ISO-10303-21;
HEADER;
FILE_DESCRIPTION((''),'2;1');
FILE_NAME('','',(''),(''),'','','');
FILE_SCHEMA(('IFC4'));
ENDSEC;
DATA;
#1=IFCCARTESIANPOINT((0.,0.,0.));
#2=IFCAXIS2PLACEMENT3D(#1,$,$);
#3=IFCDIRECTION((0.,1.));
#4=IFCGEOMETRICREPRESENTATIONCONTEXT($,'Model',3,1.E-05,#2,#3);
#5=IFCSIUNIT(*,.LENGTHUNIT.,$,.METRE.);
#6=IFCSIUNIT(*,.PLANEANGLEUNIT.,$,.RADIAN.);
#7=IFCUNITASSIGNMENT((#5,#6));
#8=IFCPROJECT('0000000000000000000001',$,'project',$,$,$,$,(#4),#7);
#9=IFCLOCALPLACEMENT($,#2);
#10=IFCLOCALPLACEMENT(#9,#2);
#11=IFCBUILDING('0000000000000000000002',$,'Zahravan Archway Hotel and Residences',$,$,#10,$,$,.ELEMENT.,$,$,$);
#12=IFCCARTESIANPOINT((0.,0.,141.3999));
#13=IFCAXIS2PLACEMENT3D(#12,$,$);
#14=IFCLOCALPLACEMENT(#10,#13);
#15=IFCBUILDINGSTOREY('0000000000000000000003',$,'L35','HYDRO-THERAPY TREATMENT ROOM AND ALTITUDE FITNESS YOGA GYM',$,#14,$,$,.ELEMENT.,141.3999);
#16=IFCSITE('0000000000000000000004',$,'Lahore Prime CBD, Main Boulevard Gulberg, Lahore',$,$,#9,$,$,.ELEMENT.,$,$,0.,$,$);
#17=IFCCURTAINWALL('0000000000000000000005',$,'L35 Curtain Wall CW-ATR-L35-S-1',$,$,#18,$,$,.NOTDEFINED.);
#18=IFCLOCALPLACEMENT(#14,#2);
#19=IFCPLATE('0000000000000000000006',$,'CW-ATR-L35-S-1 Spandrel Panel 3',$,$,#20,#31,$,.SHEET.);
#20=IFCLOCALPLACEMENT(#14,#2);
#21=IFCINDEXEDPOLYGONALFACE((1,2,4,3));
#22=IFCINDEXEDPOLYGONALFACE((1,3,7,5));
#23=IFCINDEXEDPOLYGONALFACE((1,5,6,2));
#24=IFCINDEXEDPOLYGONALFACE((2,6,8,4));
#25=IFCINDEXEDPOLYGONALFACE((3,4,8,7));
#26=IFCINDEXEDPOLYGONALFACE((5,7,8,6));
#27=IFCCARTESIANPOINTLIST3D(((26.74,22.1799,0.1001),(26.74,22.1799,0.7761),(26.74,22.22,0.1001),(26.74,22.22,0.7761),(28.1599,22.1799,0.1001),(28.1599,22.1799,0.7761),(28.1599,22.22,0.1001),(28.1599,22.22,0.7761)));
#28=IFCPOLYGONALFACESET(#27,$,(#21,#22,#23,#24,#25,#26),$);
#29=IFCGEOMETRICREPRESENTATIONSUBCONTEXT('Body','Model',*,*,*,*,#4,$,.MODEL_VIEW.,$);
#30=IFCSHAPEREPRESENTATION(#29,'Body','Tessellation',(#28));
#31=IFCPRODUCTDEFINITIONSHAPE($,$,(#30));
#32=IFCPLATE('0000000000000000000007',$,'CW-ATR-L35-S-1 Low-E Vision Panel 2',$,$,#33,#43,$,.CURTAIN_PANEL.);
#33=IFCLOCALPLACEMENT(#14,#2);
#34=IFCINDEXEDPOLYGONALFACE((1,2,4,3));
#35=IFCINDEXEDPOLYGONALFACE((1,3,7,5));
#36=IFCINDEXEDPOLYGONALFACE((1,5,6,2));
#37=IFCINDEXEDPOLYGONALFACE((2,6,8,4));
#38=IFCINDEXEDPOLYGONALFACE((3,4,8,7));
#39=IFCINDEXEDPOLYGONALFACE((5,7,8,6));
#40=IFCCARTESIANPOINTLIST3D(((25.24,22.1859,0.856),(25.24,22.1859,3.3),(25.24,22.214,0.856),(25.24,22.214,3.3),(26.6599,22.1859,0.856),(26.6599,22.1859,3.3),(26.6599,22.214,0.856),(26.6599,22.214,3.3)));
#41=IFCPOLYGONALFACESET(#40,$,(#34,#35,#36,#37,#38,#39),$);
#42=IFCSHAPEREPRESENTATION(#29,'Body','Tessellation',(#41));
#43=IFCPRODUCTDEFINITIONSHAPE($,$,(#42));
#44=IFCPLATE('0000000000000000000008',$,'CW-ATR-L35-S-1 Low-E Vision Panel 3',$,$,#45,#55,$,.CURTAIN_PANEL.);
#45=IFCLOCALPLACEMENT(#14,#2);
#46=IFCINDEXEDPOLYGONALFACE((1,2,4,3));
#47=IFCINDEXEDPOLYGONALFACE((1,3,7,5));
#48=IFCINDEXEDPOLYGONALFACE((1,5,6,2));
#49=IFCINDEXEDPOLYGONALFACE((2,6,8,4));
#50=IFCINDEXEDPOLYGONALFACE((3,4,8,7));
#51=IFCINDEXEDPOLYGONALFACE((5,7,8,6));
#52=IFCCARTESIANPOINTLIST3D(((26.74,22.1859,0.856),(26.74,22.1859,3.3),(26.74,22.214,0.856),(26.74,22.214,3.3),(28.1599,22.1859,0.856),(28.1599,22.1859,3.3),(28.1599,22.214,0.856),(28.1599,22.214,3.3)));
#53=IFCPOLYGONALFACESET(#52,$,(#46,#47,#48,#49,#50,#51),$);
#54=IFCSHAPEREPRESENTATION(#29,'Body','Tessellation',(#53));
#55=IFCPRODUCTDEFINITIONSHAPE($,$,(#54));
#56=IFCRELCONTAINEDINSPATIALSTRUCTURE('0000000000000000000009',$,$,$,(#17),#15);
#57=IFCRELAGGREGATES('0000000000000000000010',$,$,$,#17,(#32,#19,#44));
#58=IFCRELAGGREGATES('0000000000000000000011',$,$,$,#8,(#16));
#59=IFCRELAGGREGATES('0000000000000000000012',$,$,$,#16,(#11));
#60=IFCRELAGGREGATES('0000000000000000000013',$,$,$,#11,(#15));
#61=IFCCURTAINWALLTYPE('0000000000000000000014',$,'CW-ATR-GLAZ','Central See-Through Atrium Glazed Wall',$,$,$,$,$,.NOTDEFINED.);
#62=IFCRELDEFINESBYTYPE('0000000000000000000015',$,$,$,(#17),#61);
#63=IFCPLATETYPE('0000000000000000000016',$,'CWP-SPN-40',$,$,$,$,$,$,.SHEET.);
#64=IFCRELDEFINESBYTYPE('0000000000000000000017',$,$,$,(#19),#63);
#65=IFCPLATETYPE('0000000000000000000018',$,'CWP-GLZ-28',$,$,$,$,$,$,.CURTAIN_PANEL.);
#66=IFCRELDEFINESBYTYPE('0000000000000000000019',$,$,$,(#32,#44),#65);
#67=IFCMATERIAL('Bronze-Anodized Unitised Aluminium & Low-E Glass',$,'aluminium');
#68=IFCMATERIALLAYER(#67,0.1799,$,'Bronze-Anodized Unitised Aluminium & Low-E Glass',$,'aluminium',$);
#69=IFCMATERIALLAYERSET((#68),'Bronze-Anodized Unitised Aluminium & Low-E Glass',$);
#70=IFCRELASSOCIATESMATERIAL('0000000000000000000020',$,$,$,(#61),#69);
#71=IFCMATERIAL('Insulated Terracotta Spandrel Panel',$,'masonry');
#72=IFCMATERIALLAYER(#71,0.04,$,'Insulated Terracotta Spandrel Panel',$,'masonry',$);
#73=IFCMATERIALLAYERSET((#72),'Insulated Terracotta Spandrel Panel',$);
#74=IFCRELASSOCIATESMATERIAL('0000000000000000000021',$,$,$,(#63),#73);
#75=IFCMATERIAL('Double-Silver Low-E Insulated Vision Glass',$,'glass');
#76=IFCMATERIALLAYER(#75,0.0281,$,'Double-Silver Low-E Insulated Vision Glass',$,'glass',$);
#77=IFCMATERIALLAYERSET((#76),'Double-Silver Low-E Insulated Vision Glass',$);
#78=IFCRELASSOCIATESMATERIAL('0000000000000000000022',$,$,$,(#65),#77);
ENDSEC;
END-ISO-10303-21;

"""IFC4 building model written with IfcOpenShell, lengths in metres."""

from ifc_helpers import new_model, si_unit, direction, frame, origin, origin_2d, place, context, subcontext, project, spatial, rectangle, extrude, source, transform, mapped, material, layer, layer_set, type_object, element, aggregate, save


model = new_model("IFC4")

# Units and contexts
model_context = context("Model", 3, precision=1e-05, world=origin(), true_north=direction((0.0, 1.0)))
body_context = subcontext(model_context, "Body", "Model", "MODEL_VIEW")
ifc_project = project(units=[si_unit("LENGTHUNIT", "METRE"), si_unit("PLANEANGLEUNIT", "RADIAN")], contexts=[model_context])

# Site, building, storey
site_placement = place(None, origin())
site = spatial("IfcSite", under=ifc_project, at=site_placement, Name="Lahore Prime CBD, Main Boulevard Gulberg, Lahore", CompositionType="ELEMENT", RefElevation=0.0)
building_placement = place(site_placement, origin())
building = spatial("IfcBuilding", under=site, at=building_placement, Name="Zahravan Archway Hotel and Residences", CompositionType="ELEMENT")
storey_placement = place(building_placement, frame((0.0, 0.0, 141.3999)))
storey = spatial("IfcBuildingStorey", under=building, at=storey_placement, Name="L35", Description="HYDRO-THERAPY TREATMENT ROOM AND ALTITUDE FITNESS YOGA GYM", CompositionType="ELEMENT", Elevation=141.3999)

# Curtain wall, plates
ifc_material_1 = material(Name="Bronze-Anodized Unitised Aluminium & Low-E Glass", Category="aluminium")
ifc_layer_1 = layer(ifc_material_1, 0.1799, Name="Bronze-Anodized Unitised Aluminium & Low-E Glass", Category="aluminium")
ifc_layer_set_1 = layer_set([ifc_layer_1], Name="Bronze-Anodized Unitised Aluminium & Low-E Glass")
curtain_wall_type = type_object("IfcCurtainWallType", Name="CW-ATR-GLAZ", Description="Central See-Through Atrium Glazed Wall", PredefinedType="NOTDEFINED", material=ifc_layer_set_1)
curtain_wall_placement = place(storey_placement, origin())
curtain_wall = element("IfcCurtainWall", 1, at=curtain_wall_placement, inside=storey, type_object=curtain_wall_type, Name="L35 Curtain Wall CW-ATR-L35-S-1", PredefinedType="NOTDEFINED")
ifc_material_2 = material(Name="Insulated Terracotta Spandrel Panel", Category="masonry")
ifc_layer_2 = layer(ifc_material_2, 0.04, Name="Insulated Terracotta Spandrel Panel", Category="masonry")
ifc_layer_set_2 = layer_set([ifc_layer_2], Name="Insulated Terracotta Spandrel Panel")
plate_type_1 = type_object("IfcPlateType", Name="CWP-SPN-40", PredefinedType="SHEET", material=ifc_layer_set_2)
shared_shape_1 = source(origin(), body_context, "Body", "SweptSolid", [
    extrude(rectangle(XDim=1.4199, YDim=0.04, at=origin_2d()), origin(), (0.0, 0.0, 1.0), 0.676),
])
plate_1_placement = place(storey_placement, frame((27.45, 22.2, 0.1001), z_axis=(0.0, 0.0, 1.0), x_axis=(1.0, 0.0, 0.0)))
plate_1 = element("IfcPlate", 2, at=plate_1_placement, type_object=plate_type_1, Name="CW-ATR-L35-S-1 Spandrel Panel 3", PredefinedType="SHEET", context=body_context, shape_type="MappedRepresentation", body=[
    mapped(shared_shape_1, transform((0.0, 0.0, 0.0), scale=1.0)),
])
ifc_material_3 = material(Name="Double-Silver Low-E Insulated Vision Glass", Category="glass")
ifc_layer_3 = layer(ifc_material_3, 0.0281, Name="Double-Silver Low-E Insulated Vision Glass", Category="glass")
ifc_layer_set_3 = layer_set([ifc_layer_3], Name="Double-Silver Low-E Insulated Vision Glass")
plate_type_2 = type_object("IfcPlateType", Name="CWP-GLZ-28", PredefinedType="CURTAIN_PANEL", material=ifc_layer_set_3)
shared_shape_2 = source(origin(), body_context, "Body", "SweptSolid", [
    extrude(rectangle(XDim=1.4199, YDim=0.0281, at=origin_2d()), origin(), (0.0, 0.0, 1.0), 2.4441),
])
plate_2_placement = place(storey_placement, frame((25.95, 22.2, 0.856), z_axis=(0.0, 0.0, 1.0), x_axis=(1.0, 0.0, 0.0)))
plate_2 = element("IfcPlate", 3, at=plate_2_placement, type_object=plate_type_2, Name="CW-ATR-L35-S-1 Low-E Vision Panel 2", PredefinedType="CURTAIN_PANEL", context=body_context, shape_type="MappedRepresentation", body=[
    mapped(shared_shape_2, transform((0.0, 0.0, 0.0), scale=1.0)),
])
plate_3_placement = place(storey_placement, frame((27.45, 22.2, 0.856), z_axis=(0.0, 0.0, 1.0), x_axis=(1.0, 0.0, 0.0)))
plate_3 = element("IfcPlate", 4, at=plate_3_placement, type_object=plate_type_2, Name="CW-ATR-L35-S-1 Low-E Vision Panel 3", PredefinedType="CURTAIN_PANEL", context=body_context, shape_type="MappedRepresentation", body=[
    mapped(shared_shape_2, transform((0.0, 0.0, 0.0), scale=1.0)),
])
aggregate(curtain_wall, [plate_2, plate_1, plate_3])

save(model, "model.ifc")
